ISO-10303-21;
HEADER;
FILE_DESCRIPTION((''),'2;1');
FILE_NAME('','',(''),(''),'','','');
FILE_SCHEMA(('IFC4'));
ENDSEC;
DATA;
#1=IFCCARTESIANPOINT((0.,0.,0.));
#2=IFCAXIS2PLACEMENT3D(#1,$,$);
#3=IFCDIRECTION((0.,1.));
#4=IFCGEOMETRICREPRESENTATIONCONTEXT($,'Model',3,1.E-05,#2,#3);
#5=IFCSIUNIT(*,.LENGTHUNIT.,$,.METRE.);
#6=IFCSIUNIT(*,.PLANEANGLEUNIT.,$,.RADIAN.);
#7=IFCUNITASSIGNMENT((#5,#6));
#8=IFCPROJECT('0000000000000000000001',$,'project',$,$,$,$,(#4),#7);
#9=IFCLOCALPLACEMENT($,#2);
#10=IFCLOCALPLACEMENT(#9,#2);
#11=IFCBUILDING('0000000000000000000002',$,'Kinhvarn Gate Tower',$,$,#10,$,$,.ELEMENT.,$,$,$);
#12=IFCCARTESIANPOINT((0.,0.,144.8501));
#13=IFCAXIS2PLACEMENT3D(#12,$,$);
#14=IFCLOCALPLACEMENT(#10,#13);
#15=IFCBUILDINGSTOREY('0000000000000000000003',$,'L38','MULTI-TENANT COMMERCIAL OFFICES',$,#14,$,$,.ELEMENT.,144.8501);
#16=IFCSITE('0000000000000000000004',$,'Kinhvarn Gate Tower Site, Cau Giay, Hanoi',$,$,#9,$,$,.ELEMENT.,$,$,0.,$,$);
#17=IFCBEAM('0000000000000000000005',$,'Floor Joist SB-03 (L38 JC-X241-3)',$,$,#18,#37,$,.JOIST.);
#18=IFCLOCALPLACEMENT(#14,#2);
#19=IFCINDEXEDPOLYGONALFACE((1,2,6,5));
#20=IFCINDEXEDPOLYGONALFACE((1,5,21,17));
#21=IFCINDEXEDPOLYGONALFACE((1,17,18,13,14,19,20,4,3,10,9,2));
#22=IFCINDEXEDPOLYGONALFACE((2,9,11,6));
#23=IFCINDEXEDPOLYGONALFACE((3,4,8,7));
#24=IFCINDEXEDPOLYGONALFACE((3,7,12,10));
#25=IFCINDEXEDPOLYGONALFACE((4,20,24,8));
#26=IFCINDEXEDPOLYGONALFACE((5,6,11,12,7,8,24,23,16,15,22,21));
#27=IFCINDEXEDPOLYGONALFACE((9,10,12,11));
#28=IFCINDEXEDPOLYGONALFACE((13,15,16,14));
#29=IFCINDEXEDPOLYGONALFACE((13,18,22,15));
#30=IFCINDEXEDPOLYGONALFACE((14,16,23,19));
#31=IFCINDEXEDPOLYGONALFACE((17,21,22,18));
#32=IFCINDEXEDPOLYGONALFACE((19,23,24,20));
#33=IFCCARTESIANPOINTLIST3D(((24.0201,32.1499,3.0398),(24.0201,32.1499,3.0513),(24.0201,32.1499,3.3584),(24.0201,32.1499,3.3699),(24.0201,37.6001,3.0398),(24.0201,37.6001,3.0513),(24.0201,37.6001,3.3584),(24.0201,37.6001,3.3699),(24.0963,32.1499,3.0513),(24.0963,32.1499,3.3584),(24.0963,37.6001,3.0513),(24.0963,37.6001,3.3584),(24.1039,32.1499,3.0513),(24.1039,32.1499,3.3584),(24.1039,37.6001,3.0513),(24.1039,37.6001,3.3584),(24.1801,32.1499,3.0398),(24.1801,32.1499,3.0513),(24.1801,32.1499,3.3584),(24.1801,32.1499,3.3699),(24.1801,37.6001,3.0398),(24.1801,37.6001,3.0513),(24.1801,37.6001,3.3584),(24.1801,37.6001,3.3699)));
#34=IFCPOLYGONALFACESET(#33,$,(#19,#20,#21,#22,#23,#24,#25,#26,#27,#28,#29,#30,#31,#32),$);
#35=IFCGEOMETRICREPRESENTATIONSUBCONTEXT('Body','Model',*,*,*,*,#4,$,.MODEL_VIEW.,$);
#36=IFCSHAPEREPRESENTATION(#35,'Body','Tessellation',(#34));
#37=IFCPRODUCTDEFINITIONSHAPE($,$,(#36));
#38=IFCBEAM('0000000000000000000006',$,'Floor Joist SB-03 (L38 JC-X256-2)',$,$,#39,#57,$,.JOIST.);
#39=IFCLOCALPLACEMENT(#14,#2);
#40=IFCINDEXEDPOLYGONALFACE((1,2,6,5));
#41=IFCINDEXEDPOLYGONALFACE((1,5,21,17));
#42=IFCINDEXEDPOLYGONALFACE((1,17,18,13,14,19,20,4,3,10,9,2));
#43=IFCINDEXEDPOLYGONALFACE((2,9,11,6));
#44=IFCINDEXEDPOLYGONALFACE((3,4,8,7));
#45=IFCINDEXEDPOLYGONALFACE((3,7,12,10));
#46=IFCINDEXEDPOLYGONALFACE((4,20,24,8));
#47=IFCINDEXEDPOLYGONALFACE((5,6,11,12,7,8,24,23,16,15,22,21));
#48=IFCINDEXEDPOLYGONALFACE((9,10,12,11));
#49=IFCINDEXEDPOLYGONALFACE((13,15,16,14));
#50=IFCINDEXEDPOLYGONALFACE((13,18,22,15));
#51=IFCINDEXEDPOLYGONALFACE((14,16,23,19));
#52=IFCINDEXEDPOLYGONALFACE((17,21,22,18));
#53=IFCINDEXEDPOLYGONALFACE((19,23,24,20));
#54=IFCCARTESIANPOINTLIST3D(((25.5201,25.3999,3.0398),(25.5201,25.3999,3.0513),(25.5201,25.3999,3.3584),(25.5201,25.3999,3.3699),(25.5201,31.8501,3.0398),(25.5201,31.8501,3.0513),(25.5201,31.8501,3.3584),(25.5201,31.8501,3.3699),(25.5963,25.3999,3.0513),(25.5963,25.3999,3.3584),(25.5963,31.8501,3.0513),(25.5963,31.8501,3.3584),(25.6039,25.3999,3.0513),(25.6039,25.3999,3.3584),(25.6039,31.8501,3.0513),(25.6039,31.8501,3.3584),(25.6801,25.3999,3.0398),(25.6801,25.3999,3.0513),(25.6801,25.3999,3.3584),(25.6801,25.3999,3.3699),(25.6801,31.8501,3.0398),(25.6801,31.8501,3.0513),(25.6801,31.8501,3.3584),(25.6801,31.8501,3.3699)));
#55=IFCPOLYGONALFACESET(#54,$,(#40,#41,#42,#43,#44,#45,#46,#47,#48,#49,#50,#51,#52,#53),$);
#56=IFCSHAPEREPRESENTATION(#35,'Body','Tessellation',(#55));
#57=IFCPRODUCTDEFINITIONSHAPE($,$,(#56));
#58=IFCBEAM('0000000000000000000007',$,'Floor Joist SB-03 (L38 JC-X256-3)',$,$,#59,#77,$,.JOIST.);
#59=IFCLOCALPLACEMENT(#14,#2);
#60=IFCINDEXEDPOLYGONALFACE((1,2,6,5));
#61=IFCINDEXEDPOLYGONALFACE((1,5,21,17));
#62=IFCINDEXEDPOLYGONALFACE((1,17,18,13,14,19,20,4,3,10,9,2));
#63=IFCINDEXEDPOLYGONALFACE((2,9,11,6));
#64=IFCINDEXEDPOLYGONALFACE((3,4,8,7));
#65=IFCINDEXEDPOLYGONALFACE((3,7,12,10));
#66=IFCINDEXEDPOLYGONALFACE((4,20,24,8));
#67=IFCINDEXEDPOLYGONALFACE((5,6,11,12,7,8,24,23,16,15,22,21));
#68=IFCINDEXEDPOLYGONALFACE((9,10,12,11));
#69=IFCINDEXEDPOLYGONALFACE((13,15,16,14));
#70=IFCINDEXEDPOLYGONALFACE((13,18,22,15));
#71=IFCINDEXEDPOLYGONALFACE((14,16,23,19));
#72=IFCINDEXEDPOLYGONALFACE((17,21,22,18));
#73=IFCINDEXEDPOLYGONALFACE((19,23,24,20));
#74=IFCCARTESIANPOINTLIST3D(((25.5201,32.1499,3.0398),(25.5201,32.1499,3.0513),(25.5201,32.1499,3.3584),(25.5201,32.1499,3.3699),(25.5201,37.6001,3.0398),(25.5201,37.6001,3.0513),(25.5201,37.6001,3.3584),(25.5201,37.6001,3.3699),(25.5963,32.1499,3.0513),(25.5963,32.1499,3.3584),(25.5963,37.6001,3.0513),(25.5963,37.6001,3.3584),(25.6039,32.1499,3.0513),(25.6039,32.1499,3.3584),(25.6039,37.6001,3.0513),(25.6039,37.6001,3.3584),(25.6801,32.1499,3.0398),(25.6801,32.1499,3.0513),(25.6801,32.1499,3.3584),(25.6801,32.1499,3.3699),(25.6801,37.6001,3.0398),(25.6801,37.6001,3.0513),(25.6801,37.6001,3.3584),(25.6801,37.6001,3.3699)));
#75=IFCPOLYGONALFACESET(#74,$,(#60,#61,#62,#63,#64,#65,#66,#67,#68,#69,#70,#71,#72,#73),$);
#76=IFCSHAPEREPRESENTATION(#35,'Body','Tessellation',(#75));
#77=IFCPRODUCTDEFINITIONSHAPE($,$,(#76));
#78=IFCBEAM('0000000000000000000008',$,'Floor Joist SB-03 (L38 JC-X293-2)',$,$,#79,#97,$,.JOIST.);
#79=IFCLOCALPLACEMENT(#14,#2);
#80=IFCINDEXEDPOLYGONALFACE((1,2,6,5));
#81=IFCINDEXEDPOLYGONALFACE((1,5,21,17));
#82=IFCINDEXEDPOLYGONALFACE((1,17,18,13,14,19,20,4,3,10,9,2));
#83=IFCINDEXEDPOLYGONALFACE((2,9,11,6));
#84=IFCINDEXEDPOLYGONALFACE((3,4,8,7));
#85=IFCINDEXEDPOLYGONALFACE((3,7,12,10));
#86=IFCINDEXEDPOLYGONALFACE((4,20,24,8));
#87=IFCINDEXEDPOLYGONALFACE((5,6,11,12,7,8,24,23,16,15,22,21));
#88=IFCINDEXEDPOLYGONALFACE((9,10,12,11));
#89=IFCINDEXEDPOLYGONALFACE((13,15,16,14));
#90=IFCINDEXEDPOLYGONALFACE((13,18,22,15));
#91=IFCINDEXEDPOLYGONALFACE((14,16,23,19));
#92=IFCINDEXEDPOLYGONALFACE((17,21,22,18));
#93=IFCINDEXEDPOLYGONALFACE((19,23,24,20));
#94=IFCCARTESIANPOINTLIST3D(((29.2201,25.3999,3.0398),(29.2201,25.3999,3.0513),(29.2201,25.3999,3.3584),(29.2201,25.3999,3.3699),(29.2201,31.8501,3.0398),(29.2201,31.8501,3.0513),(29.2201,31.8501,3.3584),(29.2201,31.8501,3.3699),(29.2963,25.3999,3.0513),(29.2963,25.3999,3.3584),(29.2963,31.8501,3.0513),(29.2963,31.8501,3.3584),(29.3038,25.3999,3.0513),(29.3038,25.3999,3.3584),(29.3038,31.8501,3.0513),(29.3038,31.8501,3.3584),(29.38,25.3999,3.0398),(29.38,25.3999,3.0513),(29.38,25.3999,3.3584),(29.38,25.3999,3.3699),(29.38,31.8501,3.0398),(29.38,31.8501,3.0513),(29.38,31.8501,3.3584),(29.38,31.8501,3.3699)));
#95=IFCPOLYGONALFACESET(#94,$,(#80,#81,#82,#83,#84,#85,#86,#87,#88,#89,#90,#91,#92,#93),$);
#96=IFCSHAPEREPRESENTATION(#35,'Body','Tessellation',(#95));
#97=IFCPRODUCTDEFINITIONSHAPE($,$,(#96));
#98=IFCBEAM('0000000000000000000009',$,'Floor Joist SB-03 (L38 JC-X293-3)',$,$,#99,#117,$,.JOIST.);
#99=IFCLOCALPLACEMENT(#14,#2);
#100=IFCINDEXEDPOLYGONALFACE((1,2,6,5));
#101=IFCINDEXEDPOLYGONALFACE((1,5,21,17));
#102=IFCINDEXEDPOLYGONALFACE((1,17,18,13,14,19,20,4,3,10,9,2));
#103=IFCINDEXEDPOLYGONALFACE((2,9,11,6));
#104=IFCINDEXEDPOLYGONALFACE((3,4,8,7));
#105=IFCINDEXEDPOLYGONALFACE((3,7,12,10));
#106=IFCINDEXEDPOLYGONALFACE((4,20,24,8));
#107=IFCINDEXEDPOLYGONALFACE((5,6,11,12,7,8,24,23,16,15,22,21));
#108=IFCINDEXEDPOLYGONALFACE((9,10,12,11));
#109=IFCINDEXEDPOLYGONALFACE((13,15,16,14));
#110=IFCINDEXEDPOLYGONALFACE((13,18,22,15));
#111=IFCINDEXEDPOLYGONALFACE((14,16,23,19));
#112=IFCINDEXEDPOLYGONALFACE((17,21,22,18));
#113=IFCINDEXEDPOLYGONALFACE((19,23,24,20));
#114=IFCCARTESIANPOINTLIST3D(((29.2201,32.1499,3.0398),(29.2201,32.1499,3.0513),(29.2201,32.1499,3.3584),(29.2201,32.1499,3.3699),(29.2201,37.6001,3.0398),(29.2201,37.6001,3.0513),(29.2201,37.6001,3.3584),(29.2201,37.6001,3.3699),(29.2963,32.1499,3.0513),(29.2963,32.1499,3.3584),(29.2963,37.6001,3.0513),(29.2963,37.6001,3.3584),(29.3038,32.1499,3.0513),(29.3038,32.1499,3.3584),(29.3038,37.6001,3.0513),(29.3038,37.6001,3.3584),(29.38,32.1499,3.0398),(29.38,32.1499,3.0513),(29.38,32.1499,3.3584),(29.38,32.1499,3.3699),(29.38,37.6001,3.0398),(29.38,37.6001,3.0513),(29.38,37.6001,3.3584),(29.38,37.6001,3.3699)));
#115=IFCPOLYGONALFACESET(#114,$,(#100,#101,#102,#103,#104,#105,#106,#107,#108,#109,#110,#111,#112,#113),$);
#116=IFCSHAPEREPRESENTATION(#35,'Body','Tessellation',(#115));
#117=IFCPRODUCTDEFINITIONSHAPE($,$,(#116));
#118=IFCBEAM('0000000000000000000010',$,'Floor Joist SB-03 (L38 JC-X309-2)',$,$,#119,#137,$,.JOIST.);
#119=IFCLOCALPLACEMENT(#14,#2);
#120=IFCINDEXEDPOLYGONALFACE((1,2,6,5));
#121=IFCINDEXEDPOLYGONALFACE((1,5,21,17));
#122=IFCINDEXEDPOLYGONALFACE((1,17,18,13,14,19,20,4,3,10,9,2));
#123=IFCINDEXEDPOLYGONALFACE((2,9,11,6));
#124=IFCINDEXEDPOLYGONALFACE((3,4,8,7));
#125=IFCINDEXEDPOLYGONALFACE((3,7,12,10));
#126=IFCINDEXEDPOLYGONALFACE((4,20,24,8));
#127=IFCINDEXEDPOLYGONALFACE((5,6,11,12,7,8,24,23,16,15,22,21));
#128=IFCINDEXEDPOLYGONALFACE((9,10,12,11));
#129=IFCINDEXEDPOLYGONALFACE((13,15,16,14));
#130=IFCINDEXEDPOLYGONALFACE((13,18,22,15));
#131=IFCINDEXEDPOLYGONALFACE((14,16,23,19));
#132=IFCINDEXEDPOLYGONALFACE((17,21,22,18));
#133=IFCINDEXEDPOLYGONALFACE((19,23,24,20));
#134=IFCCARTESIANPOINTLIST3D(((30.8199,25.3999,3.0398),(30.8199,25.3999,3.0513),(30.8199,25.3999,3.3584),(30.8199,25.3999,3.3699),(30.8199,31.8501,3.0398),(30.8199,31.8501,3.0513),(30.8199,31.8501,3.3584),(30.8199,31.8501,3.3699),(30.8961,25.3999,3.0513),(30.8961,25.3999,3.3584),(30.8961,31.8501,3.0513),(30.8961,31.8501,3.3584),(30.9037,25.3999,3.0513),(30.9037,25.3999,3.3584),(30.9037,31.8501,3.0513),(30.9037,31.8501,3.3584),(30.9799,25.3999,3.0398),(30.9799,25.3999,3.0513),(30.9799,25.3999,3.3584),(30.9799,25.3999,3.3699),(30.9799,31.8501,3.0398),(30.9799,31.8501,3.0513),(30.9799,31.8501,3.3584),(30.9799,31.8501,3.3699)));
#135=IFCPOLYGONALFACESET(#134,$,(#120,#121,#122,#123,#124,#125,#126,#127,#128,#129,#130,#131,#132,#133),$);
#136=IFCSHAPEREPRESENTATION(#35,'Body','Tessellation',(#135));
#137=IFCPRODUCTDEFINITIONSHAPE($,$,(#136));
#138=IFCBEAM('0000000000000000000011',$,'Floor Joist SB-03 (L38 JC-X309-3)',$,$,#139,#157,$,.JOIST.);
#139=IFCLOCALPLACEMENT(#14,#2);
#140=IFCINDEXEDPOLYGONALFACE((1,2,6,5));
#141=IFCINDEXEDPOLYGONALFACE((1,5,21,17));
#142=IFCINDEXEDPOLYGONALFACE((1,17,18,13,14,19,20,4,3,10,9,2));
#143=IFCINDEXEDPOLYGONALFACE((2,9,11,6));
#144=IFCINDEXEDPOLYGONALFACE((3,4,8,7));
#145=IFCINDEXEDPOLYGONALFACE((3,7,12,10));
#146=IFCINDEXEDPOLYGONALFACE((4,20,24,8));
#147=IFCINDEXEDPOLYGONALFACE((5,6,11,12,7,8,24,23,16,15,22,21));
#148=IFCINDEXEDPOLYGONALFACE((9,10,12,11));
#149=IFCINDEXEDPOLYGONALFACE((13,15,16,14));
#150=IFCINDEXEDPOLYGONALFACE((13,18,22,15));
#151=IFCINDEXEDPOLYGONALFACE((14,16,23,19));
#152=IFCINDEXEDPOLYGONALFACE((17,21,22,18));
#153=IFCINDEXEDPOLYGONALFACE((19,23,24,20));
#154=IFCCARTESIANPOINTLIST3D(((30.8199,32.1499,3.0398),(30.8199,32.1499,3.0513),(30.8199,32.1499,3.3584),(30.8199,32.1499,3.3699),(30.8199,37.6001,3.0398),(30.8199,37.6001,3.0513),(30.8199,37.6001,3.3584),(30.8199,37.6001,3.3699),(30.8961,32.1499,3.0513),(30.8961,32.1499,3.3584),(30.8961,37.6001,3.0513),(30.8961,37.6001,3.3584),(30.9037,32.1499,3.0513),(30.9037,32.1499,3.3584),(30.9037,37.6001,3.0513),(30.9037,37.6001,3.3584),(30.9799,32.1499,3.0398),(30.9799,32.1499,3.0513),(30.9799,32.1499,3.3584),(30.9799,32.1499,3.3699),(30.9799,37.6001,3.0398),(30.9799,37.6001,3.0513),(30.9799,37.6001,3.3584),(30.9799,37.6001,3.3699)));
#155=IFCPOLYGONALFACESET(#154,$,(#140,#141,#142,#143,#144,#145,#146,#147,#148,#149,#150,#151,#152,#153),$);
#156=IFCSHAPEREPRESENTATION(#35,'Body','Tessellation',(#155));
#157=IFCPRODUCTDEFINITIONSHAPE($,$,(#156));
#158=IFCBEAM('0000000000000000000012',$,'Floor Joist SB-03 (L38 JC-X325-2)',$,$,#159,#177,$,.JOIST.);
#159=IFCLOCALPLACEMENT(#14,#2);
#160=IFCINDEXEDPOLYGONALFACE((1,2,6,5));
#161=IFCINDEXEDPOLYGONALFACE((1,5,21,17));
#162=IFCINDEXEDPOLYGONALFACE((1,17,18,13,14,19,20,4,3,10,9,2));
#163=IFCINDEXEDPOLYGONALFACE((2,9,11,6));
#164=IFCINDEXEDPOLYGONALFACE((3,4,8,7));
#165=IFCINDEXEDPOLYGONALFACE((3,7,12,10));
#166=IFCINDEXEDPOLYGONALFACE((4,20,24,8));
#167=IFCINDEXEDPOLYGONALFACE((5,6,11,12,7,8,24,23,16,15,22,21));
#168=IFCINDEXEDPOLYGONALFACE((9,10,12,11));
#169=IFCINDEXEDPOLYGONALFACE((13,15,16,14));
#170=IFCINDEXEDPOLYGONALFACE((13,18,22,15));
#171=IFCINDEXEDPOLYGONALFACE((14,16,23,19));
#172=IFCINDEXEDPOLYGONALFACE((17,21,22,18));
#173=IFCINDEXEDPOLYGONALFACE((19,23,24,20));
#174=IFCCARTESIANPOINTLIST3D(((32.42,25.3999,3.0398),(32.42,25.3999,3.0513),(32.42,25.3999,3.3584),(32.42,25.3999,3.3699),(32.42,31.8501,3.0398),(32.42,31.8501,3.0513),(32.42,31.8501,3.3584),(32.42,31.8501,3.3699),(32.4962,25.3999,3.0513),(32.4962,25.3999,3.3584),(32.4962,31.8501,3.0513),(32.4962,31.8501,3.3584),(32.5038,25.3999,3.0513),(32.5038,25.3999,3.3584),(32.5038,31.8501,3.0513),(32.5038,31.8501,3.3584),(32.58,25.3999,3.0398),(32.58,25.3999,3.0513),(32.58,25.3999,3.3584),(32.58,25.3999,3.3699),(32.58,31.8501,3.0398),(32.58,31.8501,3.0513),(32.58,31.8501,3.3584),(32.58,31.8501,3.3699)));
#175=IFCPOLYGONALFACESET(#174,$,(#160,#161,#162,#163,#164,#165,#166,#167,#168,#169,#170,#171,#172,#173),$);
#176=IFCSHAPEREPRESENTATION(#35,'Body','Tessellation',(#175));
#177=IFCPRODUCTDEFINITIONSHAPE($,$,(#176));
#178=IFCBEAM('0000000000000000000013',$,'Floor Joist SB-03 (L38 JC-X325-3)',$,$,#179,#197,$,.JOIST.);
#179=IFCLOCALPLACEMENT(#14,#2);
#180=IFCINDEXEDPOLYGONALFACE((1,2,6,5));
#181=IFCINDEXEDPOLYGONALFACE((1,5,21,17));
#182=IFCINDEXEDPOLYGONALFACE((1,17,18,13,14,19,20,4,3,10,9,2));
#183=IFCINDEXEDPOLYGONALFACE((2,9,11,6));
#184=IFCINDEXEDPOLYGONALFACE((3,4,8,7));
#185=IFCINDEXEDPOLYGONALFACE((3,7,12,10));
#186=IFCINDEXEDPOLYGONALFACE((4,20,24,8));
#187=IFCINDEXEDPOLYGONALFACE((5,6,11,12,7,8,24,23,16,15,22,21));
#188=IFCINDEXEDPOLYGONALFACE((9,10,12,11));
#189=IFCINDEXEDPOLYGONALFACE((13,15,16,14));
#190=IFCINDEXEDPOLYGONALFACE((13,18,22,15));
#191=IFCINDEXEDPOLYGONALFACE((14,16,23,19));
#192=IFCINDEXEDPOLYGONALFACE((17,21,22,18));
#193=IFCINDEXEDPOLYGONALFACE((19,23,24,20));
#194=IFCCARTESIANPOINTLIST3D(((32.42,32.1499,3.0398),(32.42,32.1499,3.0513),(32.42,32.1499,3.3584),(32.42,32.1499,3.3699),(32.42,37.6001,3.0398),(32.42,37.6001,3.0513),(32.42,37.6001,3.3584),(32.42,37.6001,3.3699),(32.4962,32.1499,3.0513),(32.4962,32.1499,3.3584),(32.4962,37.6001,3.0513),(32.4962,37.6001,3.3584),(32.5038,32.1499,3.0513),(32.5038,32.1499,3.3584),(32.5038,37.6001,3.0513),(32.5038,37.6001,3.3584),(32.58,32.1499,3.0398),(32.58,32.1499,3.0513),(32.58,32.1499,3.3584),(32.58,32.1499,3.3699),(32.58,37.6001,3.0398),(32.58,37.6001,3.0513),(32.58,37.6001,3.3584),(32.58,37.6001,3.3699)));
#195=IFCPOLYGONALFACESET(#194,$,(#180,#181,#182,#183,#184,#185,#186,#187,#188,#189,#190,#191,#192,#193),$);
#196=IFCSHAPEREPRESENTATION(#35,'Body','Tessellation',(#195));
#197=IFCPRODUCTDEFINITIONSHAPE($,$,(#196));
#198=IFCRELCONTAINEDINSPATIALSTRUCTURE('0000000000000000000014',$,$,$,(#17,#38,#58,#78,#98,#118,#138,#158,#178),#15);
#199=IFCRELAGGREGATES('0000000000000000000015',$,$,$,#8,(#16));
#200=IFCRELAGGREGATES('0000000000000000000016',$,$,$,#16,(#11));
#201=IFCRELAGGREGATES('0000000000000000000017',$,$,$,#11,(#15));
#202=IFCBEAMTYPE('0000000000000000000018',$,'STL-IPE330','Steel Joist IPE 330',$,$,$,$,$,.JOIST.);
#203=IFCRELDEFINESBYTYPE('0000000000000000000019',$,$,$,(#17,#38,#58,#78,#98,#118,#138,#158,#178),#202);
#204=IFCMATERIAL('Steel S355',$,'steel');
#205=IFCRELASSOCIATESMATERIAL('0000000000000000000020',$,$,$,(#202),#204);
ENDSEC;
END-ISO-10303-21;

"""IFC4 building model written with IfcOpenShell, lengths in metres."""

from ifc_helpers import new_model, si_unit, direction, frame, origin, origin_2d, place, context, subcontext, project, spatial, i_section, extrude, material, material_profile, profile_set, type_object, element, save


model = new_model("IFC4")

# Units and contexts
model_context = context("Model", 3, precision=1e-05, world=origin(), true_north=direction((0.0, 1.0)))
body_context = subcontext(model_context, "Body", "Model", "MODEL_VIEW")
ifc_project = project(units=[si_unit("LENGTHUNIT", "METRE"), si_unit("PLANEANGLEUNIT", "RADIAN")], contexts=[model_context])

# Site, building, storey
site_placement = place(None, origin())
site = spatial("IfcSite", under=ifc_project, at=site_placement, Name="Kinhvarn Gate Tower Site, Cau Giay, Hanoi", CompositionType="ELEMENT", RefElevation=0.0)
building_placement = place(site_placement, origin())
building = spatial("IfcBuilding", under=site, at=building_placement, Name="Kinhvarn Gate Tower", CompositionType="ELEMENT")
storey_placement = place(building_placement, frame((0.0, 0.0, 144.8501)))
storey = spatial("IfcBuildingStorey", under=building, at=storey_placement, Name="L38", Description="MULTI-TENANT COMMERCIAL OFFICES", CompositionType="ELEMENT", Elevation=144.8501)

# Beams
ifc_material_1 = material(Name="Steel S355", Category="steel")
ifc_material_profile = material_profile(ifc_material_1, i_section(OverallWidth=0.1599, OverallDepth=0.3301, WebThickness=0.0076, FlangeThickness=0.0115, at=origin_2d()), Name="IPE 330")
ifc_profile_set = profile_set([ifc_material_profile], Name="Steel S355")
beam_type = type_object("IfcBeamType", Name="STL-IPE330", Description="Steel Joist IPE 330", PredefinedType="JOIST", material=ifc_profile_set)
beam_1_placement = place(storey_placement, frame((24.1001, 32.1499, 3.2048), z_axis=(0.0, 1.0, 0.0), x_axis=(-1.0, 0.0, 0.0)))
element("IfcBeam", 1, at=beam_1_placement, inside=storey, type_object=beam_type, Name="Floor Joist SB-03 (L38 JC-X241-3)", PredefinedType="JOIST", context=body_context, shape_type="SweptSolid", body=[
    extrude(i_section(OverallWidth=0.1599, OverallDepth=0.3301, WebThickness=0.0076, FlangeThickness=0.0115, at=origin_2d()), origin(), (0.0, 0.0, 1.0), 5.4502),
])
beam_2_placement = place(storey_placement, frame((25.6001, 25.3999, 3.2048), z_axis=(0.0, 1.0, 0.0), x_axis=(-1.0, 0.0, 0.0)))
element("IfcBeam", 2, at=beam_2_placement, inside=storey, type_object=beam_type, Name="Floor Joist SB-03 (L38 JC-X256-2)", PredefinedType="JOIST", context=body_context, shape_type="SweptSolid", body=[
    extrude(i_section(OverallWidth=0.1599, OverallDepth=0.3301, WebThickness=0.0076, FlangeThickness=0.0115, at=origin_2d()), origin(), (0.0, 0.0, 1.0), 6.4502),
])
beam_3_placement = place(storey_placement, frame((25.6001, 32.1499, 3.2048), z_axis=(0.0, 1.0, 0.0), x_axis=(-1.0, 0.0, 0.0)))
element("IfcBeam", 3, at=beam_3_placement, inside=storey, type_object=beam_type, Name="Floor Joist SB-03 (L38 JC-X256-3)", PredefinedType="JOIST", context=body_context, shape_type="SweptSolid", body=[
    extrude(i_section(OverallWidth=0.1599, OverallDepth=0.3301, WebThickness=0.0076, FlangeThickness=0.0115, at=origin_2d()), origin(), (0.0, 0.0, 1.0), 5.4502),
])
beam_4_placement = place(storey_placement, frame((29.3, 25.3999, 3.2048), z_axis=(0.0, 1.0, 0.0), x_axis=(-1.0, 0.0, 0.0)))
element("IfcBeam", 4, at=beam_4_placement, inside=storey, type_object=beam_type, Name="Floor Joist SB-03 (L38 JC-X293-2)", PredefinedType="JOIST", context=body_context, shape_type="SweptSolid", body=[
    extrude(i_section(OverallWidth=0.1599, OverallDepth=0.3301, WebThickness=0.0076, FlangeThickness=0.0115, at=origin_2d()), origin(), (0.0, 0.0, 1.0), 6.4502),
])
beam_5_placement = place(storey_placement, frame((29.3, 32.1499, 3.2048), z_axis=(0.0, 1.0, 0.0), x_axis=(-1.0, 0.0, 0.0)))
element("IfcBeam", 5, at=beam_5_placement, inside=storey, type_object=beam_type, Name="Floor Joist SB-03 (L38 JC-X293-3)", PredefinedType="JOIST", context=body_context, shape_type="SweptSolid", body=[
    extrude(i_section(OverallWidth=0.1599, OverallDepth=0.3301, WebThickness=0.0076, FlangeThickness=0.0115, at=origin_2d()), origin(), (0.0, 0.0, 1.0), 5.4502),
])
beam_6_placement = place(storey_placement, frame((30.8999, 25.3999, 3.2048), z_axis=(0.0, 1.0, 0.0), x_axis=(-1.0, 0.0, 0.0)))
element("IfcBeam", 6, at=beam_6_placement, inside=storey, type_object=beam_type, Name="Floor Joist SB-03 (L38 JC-X309-2)", PredefinedType="JOIST", context=body_context, shape_type="SweptSolid", body=[
    extrude(i_section(OverallWidth=0.1599, OverallDepth=0.3301, WebThickness=0.0076, FlangeThickness=0.0115, at=origin_2d()), origin(), (0.0, 0.0, 1.0), 6.4502),
])
beam_7_placement = place(storey_placement, frame((30.8999, 32.1499, 3.2048), z_axis=(0.0, 1.0, 0.0), x_axis=(-1.0, 0.0, 0.0)))
element("IfcBeam", 7, at=beam_7_placement, inside=storey, type_object=beam_type, Name="Floor Joist SB-03 (L38 JC-X309-3)", PredefinedType="JOIST", context=body_context, shape_type="SweptSolid", body=[
    extrude(i_section(OverallWidth=0.1599, OverallDepth=0.3301, WebThickness=0.0076, FlangeThickness=0.0115, at=origin_2d()), origin(), (0.0, 0.0, 1.0), 5.4502),
])
beam_8_placement = place(storey_placement, frame((32.5, 25.3999, 3.2048), z_axis=(0.0, 1.0, 0.0), x_axis=(-1.0, 0.0, 0.0)))
element("IfcBeam", 8, at=beam_8_placement, inside=storey, type_object=beam_type, Name="Floor Joist SB-03 (L38 JC-X325-2)", PredefinedType="JOIST", context=body_context, shape_type="SweptSolid", body=[
    extrude(i_section(OverallWidth=0.1599, OverallDepth=0.3301, WebThickness=0.0076, FlangeThickness=0.0115, at=origin_2d()), origin(), (0.0, 0.0, 1.0), 6.4502),
])
beam_9_placement = place(storey_placement, frame((32.5, 32.1499, 3.2048), z_axis=(0.0, 1.0, 0.0), x_axis=(-1.0, 0.0, 0.0)))
element("IfcBeam", 9, at=beam_9_placement, inside=storey, type_object=beam_type, Name="Floor Joist SB-03 (L38 JC-X325-3)", PredefinedType="JOIST", context=body_context, shape_type="SweptSolid", body=[
    extrude(i_section(OverallWidth=0.1599, OverallDepth=0.3301, WebThickness=0.0076, FlangeThickness=0.0115, at=origin_2d()), origin(), (0.0, 0.0, 1.0), 5.4502),
])

save(model, "model.ifc")
